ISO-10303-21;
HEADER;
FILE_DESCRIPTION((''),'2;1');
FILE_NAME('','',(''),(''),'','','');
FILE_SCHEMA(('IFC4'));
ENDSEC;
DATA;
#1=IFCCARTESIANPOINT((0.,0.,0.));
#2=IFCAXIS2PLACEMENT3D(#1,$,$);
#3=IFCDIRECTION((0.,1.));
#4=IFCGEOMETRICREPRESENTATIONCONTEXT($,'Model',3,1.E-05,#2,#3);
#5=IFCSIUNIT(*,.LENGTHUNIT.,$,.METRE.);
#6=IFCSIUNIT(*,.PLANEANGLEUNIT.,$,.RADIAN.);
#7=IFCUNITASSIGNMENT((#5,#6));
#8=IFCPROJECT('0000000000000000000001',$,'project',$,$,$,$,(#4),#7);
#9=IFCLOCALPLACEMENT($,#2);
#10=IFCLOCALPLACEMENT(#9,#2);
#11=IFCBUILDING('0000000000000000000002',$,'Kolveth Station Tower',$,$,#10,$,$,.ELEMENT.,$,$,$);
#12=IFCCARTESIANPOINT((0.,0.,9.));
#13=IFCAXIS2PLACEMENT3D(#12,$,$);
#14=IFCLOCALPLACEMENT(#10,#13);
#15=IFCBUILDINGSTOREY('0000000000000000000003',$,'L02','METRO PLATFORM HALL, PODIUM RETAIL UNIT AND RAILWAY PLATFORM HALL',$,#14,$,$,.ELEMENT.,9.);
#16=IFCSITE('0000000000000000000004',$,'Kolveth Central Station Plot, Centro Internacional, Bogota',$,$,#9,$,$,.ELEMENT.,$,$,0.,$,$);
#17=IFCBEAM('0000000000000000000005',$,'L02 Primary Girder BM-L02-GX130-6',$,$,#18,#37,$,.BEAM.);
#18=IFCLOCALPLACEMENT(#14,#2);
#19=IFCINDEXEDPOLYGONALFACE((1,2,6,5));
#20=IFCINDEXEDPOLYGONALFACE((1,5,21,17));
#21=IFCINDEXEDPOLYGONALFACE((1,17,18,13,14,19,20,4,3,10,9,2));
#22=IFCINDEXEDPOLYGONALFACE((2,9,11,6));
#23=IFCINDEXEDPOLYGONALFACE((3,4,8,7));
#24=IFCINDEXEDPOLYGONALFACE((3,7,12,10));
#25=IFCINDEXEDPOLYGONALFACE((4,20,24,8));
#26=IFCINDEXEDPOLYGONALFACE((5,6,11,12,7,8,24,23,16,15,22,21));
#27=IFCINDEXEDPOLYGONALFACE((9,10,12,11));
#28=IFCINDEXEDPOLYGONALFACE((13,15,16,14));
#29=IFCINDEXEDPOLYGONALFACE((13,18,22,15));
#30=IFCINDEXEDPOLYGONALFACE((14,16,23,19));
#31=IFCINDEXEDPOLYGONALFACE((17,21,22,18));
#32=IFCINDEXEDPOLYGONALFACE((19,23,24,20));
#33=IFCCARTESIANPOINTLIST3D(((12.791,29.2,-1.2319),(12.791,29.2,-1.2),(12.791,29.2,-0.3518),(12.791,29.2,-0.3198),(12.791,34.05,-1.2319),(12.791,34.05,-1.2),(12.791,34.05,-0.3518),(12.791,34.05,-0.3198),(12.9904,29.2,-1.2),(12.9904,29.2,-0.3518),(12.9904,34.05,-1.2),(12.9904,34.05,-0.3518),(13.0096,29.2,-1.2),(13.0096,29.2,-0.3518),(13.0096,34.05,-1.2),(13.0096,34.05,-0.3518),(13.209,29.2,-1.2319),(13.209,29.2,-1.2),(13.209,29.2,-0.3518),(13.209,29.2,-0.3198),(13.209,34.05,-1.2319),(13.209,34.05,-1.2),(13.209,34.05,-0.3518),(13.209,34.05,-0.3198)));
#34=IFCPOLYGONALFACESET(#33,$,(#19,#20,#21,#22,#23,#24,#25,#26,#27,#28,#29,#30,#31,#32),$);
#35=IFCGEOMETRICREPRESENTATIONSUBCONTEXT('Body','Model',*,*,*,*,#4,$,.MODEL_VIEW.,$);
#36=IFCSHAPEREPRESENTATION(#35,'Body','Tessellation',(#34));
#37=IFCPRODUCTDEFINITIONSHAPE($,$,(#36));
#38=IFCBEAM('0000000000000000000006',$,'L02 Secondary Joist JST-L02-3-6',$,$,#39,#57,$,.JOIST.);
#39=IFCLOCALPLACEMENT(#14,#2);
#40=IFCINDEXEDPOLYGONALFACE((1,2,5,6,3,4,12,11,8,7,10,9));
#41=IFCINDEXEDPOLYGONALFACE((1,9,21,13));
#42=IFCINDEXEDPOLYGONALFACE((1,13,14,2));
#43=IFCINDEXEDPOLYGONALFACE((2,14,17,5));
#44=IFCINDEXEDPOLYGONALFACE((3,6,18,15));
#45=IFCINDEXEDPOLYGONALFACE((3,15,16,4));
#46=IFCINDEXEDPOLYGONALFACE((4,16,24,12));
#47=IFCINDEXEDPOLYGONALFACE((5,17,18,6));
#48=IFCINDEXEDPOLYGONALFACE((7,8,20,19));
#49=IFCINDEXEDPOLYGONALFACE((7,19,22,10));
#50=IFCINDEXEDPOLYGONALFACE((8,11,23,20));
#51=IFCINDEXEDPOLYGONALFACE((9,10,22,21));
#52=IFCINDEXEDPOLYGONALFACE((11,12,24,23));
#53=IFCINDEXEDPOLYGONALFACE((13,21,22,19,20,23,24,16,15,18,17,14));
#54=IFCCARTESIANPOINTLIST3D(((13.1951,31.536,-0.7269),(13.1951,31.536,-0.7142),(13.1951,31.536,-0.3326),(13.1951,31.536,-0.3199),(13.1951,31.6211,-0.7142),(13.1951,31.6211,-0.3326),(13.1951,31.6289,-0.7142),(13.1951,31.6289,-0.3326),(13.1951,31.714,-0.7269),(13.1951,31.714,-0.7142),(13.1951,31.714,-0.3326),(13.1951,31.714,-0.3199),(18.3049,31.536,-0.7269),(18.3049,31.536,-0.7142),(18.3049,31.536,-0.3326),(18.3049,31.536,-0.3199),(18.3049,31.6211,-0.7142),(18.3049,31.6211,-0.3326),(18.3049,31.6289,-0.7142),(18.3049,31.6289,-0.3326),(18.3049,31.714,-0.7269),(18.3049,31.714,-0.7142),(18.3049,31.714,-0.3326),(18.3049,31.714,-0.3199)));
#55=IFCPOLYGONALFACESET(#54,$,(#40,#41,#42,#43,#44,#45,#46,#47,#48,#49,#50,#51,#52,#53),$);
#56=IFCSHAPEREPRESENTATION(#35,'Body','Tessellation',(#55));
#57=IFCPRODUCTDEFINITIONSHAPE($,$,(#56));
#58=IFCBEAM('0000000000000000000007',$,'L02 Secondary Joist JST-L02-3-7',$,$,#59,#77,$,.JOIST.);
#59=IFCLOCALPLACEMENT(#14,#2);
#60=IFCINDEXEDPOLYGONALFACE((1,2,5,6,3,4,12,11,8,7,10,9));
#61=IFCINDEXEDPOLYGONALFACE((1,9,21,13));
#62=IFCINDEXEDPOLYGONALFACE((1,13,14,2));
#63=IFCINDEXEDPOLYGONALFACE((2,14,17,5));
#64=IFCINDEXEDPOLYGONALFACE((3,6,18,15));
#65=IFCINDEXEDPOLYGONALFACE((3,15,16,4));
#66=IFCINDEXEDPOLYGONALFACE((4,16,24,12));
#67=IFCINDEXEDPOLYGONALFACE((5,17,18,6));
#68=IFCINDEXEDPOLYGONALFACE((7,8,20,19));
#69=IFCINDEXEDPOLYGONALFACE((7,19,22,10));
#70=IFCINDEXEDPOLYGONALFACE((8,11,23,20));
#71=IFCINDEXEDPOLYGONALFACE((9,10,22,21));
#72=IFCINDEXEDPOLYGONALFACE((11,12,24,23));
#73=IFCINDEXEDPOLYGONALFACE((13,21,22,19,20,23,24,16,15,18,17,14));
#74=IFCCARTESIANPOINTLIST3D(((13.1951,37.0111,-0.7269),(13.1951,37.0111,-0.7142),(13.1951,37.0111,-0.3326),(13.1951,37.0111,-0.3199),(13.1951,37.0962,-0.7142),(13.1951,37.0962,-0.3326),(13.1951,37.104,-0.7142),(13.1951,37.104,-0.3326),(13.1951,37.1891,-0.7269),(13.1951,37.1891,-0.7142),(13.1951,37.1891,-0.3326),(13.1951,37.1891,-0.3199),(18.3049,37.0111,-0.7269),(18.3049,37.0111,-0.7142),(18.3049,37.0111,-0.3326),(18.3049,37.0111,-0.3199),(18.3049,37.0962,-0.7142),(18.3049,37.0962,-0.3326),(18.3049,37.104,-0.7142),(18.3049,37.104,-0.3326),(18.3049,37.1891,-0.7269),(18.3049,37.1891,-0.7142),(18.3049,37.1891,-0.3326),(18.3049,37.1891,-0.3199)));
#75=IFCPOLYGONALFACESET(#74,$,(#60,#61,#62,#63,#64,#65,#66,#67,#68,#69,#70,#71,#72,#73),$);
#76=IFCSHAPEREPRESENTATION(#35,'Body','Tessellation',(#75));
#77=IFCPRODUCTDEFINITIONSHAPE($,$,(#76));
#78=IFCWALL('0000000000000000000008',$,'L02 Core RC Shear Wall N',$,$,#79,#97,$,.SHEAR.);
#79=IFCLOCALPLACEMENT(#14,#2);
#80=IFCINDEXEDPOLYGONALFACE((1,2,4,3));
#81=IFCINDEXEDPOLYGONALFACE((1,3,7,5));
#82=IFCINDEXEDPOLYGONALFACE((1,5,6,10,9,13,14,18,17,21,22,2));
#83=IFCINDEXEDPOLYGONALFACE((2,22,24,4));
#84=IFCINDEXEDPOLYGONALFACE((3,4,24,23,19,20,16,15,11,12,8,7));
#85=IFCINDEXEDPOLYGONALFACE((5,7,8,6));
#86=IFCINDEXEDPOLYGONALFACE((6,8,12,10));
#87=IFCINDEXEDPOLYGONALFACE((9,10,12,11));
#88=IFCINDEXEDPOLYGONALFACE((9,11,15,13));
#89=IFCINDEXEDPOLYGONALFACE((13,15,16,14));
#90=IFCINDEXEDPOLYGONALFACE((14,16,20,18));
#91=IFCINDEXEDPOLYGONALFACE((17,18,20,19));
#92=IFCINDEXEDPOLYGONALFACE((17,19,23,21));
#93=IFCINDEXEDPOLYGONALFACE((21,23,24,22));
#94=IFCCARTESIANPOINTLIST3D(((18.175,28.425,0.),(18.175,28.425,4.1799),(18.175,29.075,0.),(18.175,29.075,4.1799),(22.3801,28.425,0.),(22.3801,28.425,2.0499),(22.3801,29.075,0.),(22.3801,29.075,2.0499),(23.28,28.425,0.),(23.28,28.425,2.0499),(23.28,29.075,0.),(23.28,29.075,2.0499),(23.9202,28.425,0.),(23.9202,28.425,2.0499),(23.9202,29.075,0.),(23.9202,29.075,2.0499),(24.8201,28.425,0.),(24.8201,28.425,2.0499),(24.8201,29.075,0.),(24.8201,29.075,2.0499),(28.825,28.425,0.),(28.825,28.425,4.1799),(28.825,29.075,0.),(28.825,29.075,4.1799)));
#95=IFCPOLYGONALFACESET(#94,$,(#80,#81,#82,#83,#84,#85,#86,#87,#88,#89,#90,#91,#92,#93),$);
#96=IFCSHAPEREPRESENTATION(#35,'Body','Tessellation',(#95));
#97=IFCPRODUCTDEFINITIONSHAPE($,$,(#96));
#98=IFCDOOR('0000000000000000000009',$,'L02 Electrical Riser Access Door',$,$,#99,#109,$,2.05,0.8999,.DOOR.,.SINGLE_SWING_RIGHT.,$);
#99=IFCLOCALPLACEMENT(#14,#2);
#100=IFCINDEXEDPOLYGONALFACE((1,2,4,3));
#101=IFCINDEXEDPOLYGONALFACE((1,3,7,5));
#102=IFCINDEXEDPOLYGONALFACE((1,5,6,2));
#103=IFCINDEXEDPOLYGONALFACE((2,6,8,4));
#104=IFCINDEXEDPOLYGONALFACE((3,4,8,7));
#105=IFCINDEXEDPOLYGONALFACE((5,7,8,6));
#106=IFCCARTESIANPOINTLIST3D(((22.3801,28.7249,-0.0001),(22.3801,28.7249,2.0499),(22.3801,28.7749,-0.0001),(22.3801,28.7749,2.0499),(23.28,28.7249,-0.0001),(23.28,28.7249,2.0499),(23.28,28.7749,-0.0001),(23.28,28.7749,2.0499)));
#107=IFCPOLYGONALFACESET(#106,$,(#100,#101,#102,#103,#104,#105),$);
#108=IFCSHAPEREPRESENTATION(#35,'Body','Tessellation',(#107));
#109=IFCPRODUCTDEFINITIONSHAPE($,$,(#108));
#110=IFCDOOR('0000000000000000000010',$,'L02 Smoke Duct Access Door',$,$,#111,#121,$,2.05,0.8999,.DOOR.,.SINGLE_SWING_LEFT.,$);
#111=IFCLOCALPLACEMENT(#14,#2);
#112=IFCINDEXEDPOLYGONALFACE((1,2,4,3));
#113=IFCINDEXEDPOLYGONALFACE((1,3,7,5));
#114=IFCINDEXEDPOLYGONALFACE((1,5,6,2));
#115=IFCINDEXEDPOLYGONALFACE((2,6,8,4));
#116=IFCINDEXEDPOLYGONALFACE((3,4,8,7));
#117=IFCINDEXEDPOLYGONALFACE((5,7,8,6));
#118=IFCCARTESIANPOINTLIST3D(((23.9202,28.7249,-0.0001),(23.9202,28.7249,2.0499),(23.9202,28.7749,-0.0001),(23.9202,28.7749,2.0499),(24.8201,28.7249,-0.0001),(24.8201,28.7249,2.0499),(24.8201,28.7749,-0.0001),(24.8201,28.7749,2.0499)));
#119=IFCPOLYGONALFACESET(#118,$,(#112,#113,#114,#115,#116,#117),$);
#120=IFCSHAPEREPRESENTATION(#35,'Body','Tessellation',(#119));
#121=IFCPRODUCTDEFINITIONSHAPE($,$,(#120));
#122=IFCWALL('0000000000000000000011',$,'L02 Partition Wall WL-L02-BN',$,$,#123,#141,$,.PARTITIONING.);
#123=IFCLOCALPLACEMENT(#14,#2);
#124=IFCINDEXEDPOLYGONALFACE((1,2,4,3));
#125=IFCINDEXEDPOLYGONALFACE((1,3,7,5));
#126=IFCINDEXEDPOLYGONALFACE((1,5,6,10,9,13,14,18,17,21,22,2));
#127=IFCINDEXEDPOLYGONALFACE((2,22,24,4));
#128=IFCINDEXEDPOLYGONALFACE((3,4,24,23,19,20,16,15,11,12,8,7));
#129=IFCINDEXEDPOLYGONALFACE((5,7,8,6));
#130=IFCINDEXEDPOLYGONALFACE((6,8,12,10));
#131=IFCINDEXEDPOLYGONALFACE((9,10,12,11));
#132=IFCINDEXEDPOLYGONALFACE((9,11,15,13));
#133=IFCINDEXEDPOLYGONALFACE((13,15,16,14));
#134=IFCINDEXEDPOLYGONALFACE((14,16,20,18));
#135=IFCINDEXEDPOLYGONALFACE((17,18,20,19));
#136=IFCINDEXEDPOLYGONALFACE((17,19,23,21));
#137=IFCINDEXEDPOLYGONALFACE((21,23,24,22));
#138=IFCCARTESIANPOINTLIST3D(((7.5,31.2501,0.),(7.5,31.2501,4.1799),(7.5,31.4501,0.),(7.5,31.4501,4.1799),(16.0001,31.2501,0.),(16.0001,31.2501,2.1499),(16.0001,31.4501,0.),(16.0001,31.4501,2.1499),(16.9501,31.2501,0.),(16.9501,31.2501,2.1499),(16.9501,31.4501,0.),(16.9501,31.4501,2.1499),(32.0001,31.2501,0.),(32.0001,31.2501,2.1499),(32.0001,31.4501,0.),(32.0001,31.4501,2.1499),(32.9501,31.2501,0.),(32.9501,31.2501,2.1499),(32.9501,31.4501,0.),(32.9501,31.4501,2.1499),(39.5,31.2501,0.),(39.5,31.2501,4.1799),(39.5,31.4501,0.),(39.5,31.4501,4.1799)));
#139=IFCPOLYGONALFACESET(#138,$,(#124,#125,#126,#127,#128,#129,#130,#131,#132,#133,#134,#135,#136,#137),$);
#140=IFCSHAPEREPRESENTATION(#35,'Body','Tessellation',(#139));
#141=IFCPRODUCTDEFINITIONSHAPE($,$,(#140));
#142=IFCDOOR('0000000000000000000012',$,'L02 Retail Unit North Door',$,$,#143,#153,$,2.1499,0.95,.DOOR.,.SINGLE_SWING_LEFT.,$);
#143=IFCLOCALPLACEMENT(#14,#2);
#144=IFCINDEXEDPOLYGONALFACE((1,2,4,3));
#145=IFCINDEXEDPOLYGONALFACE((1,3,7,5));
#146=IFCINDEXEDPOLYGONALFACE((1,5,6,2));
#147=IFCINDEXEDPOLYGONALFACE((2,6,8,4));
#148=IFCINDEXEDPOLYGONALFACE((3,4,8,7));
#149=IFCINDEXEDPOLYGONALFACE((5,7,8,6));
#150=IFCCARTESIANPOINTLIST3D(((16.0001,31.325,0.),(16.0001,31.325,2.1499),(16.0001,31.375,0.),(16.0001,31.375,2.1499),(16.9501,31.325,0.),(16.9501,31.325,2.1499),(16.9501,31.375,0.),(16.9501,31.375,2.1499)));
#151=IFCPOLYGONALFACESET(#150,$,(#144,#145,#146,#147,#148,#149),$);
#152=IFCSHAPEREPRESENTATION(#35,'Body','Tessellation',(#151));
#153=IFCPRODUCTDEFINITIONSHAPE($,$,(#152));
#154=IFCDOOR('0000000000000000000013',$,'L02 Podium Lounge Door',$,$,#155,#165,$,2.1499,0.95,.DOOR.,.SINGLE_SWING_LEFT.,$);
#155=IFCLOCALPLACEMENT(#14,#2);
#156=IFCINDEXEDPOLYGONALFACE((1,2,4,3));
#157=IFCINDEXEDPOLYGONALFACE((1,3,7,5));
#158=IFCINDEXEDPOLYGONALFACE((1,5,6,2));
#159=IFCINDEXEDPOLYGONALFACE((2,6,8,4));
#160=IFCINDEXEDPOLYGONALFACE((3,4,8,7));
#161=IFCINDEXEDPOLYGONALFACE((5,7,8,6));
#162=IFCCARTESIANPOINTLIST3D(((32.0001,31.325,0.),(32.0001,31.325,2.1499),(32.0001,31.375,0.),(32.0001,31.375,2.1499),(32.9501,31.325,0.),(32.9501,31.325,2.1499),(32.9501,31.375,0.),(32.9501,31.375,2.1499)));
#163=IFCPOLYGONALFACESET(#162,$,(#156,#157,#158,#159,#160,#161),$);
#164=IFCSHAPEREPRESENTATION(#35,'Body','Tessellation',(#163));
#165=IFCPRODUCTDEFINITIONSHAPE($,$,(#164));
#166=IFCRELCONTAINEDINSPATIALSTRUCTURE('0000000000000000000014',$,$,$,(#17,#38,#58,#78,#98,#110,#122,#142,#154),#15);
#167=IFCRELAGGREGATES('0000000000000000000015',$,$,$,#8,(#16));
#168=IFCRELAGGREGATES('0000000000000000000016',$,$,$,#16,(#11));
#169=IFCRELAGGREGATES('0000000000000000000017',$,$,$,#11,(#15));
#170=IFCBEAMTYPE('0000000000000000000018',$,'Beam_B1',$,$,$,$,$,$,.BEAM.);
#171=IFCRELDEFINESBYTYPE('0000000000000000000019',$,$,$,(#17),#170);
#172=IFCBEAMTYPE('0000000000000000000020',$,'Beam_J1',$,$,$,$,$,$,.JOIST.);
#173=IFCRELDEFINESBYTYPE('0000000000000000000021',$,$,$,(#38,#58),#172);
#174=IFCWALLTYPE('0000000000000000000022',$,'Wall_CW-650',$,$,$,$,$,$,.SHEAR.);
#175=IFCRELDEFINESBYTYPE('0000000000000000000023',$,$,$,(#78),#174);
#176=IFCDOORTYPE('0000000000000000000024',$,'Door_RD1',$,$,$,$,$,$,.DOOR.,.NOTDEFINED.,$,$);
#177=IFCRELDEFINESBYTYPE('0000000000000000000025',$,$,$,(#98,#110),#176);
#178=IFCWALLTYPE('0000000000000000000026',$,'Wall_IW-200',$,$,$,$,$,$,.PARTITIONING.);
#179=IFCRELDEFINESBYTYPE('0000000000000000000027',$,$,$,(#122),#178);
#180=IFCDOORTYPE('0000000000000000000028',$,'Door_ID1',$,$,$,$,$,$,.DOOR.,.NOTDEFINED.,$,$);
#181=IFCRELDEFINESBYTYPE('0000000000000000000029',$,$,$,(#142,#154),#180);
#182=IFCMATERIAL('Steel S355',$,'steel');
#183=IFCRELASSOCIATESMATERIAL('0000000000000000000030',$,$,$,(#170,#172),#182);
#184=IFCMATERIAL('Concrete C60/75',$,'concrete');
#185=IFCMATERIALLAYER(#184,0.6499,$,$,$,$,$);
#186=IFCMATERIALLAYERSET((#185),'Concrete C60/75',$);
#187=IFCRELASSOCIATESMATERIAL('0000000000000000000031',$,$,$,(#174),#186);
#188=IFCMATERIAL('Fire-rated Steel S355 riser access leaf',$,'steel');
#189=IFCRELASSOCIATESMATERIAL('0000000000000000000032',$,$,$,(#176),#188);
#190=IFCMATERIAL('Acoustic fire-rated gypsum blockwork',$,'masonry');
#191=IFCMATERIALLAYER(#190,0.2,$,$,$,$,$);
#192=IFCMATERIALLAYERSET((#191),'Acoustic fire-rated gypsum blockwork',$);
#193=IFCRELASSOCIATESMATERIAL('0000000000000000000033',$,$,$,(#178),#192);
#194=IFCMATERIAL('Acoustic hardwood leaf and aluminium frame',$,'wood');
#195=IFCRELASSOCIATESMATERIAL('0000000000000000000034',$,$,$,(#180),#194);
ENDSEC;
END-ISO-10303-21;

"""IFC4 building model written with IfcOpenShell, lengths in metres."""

from ifc_helpers import new_model, si_unit, direction, frame, frame_2d, origin, origin_2d, place, context, subcontext, project, spatial, rectangle, i_section, extrude, source, transform, mapped, material, layer, layer_set, material_profile, profile_set, type_object, element, fill, save


model = new_model("IFC4")

# Units and contexts
model_context = context("Model", 3, precision=1e-05, world=origin(), true_north=direction((0.0, 1.0)))
body_context = subcontext(model_context, "Body", "Model", "MODEL_VIEW")
ifc_project = project(units=[si_unit("LENGTHUNIT", "METRE"), si_unit("PLANEANGLEUNIT", "RADIAN")], contexts=[model_context])

# Site, building, storey
site_placement = place(None, origin())
site = spatial("IfcSite", under=ifc_project, at=site_placement, Name="Kolveth Central Station Plot, Centro Internacional, Bogota", CompositionType="ELEMENT", RefElevation=0.0)
building_placement = place(site_placement, origin())
building = spatial("IfcBuilding", under=site, at=building_placement, Name="Kolveth Station Tower", CompositionType="ELEMENT")
storey_placement = place(building_placement, frame((0.0, 0.0, 9.0)))
storey = spatial("IfcBuildingStorey", under=building, at=storey_placement, Name="L02", Description="METRO PLATFORM HALL, PODIUM RETAIL UNIT AND RAILWAY PLATFORM HALL", CompositionType="ELEMENT", Elevation=9.0)

# Beams
ifc_material_1 = material(Name="Steel S355", Category="steel")
ifc_material_profile_1 = material_profile(ifc_material_1, i_section(OverallWidth=0.418, OverallDepth=0.9121, WebThickness=0.0193, FlangeThickness=0.032, at=origin_2d()), Name="W920x342")
ifc_profile_set_1 = profile_set([ifc_material_profile_1], Name="Steel S355")
beam_type_1 = type_object("IfcBeamType", Name="Beam_B1", PredefinedType="BEAM", material=ifc_profile_set_1)
shared_shape_1 = source(origin(), body_context, "Body", "SweptSolid", [
    extrude(i_section(OverallWidth=0.418, OverallDepth=0.9121, WebThickness=0.0193, FlangeThickness=0.032, at=origin_2d()), origin(), (0.0, 0.0, 1.0), 4.8501),
])
beam_1_placement = place(storey_placement, frame((13.0, 29.2, -0.7759), z_axis=(0.0, 1.0, 0.0), x_axis=(-1.0, 0.0, 0.0)))
element("IfcBeam", 1, at=beam_1_placement, inside=storey, type_object=beam_type_1, Name="L02 Primary Girder BM-L02-GX130-6", PredefinedType="BEAM", context=body_context, shape_type="MappedRepresentation", body=[
    mapped(shared_shape_1, transform((0.0, 0.0, 0.0), x_axis=(1.0, 0.0, 0.0), y_axis=(0.0, 1.0, 0.0), z_axis=(0.0, 0.0, 1.0), scale=1.0)),
])
ifc_material_profile_2 = material_profile(ifc_material_1, i_section(OverallWidth=0.178, OverallDepth=0.407, WebThickness=0.0078, FlangeThickness=0.0127, at=origin_2d()), Name="W410x60")
ifc_profile_set_2 = profile_set([ifc_material_profile_2], Name="Steel S355")
beam_type_2 = type_object("IfcBeamType", Name="Beam_J1", PredefinedType="JOIST", material=ifc_profile_set_2)
shared_shape_2 = source(origin(), body_context, "Body", "SweptSolid", [
    extrude(i_section(OverallWidth=0.178, OverallDepth=0.407, WebThickness=0.0078, FlangeThickness=0.0127, at=origin_2d()), origin(), (0.0, 0.0, 1.0), 5.1099),
])
for number, where, z_axis, x_axis, name in (
    (2, (13.1951, 31.625, -0.5234), (1.0, 0.0, 0.0), (0.0, 1.0, 0.0), "L02 Secondary Joist JST-L02-3-6"),
    (3, (13.1951, 37.1001, -0.5234), (1.0, 0.0, 0.0), (0.0, 1.0, 0.0), "L02 Secondary Joist JST-L02-3-7"),
):
    element("IfcBeam", number, at=place(storey_placement, frame(where, z_axis=z_axis, x_axis=x_axis)), inside=storey, type_object=beam_type_2, Name=name, PredefinedType="JOIST", context=body_context, shape_type="MappedRepresentation", body=[
        mapped(shared_shape_2, transform((0.0, 0.0, 0.0), x_axis=(1.0, 0.0, 0.0), y_axis=(0.0, 1.0, 0.0), z_axis=(0.0, 0.0, 1.0), scale=1.0)),
    ])

# Walls, openings, doors
ifc_material_2 = material(Name="Concrete C60/75", Category="concrete")
ifc_layer_1 = layer(ifc_material_2, 0.6499)
ifc_layer_set_1 = layer_set([ifc_layer_1], Name="Concrete C60/75")
wall_type_1 = type_object("IfcWallType", Name="Wall_CW-650", PredefinedType="SHEAR", material=ifc_layer_set_1)
wall_1_placement = place(storey_placement, frame((18.175, 28.75, 0.0), z_axis=(0.0, 0.0, 1.0), x_axis=(1.0, 0.0, 0.0)))
wall_1 = element("IfcWall", 4, at=wall_1_placement, inside=storey, type_object=wall_type_1, Name="L02 Core RC Shear Wall N", PredefinedType="SHEAR", context=body_context, shape_type="SweptSolid", body=[
    extrude(rectangle(XDim=10.6499, YDim=0.6499, at=frame_2d((5.325, 0.0))), origin(), (0.0, 0.0, 1.0), 4.1799),
])
opening_1_placement = place(wall_1_placement, frame((4.2051, 0.0, 0.0)))
opening_1 = element("IfcOpeningElement", 5, at=opening_1_placement, cuts=wall_1, PredefinedType="OPENING", context=body_context, shape_type="SweptSolid", body=[
    extrude(rectangle(XDim=0.8999, YDim=2.05, at=frame_2d((0.45, 1.0249))), frame((0.0, 0.335, 0.0), z_axis=(0.0, -1.0, 0.0), x_axis=(1.0, 0.0, 0.0)), (0.0, 0.0, 1.0), 0.6699),
])
opening_2_placement = place(wall_1_placement, frame((5.7451, 0.0, 0.0)))
opening_2 = element("IfcOpeningElement", 6, at=opening_2_placement, cuts=wall_1, PredefinedType="OPENING", context=body_context, shape_type="SweptSolid", body=[
    extrude(rectangle(XDim=0.8999, YDim=2.05, at=frame_2d((0.45, 1.0249))), frame((0.0, 0.335, 0.0), z_axis=(0.0, -1.0, 0.0), x_axis=(1.0, 0.0, 0.0)), (0.0, 0.0, 1.0), 0.6699),
])
ifc_material_3 = material(Name="Fire-rated Steel S355 riser access leaf", Category="steel")
door_type_1 = type_object("IfcDoorType", Name="Door_RD1", OperationType="NOTDEFINED", PredefinedType="DOOR", material=ifc_material_3)
door_1_placement = place(opening_1_placement, origin())
door_1 = element("IfcDoor", 7, at=door_1_placement, inside=storey, type_object=door_type_1, Name="L02 Electrical Riser Access Door", OperationType="SINGLE_SWING_RIGHT", OverallHeight=2.05, OverallWidth=0.8999, PredefinedType="DOOR", context=body_context, shape_type="SweptSolid", body=[
    extrude(rectangle(XDim=0.8999, YDim=2.05, at=frame_2d((0.45, 1.0249))), frame((0.0, 0.0249, 0.0), z_axis=(0.0, -1.0, 0.0), x_axis=(1.0, 0.0, 0.0)), (0.0, 0.0, 1.0), 0.05),
])
fill(opening_1, door_1)
door_2_placement = place(opening_2_placement, origin())
door_2 = element("IfcDoor", 8, at=door_2_placement, inside=storey, type_object=door_type_1, Name="L02 Smoke Duct Access Door", OperationType="SINGLE_SWING_LEFT", OverallHeight=2.05, OverallWidth=0.8999, PredefinedType="DOOR", context=body_context, shape_type="SweptSolid", body=[
    extrude(rectangle(XDim=0.8999, YDim=2.05, at=frame_2d((0.45, 1.0249))), frame((0.0, 0.0249, 0.0), z_axis=(0.0, -1.0, 0.0), x_axis=(1.0, 0.0, 0.0)), (0.0, 0.0, 1.0), 0.05),
])
fill(opening_2, door_2)
ifc_material_4 = material(Name="Acoustic fire-rated gypsum blockwork", Category="masonry")
ifc_layer_2 = layer(ifc_material_4, 0.2)
ifc_layer_set_2 = layer_set([ifc_layer_2], Name="Acoustic fire-rated gypsum blockwork")
wall_type_2 = type_object("IfcWallType", Name="Wall_IW-200", PredefinedType="PARTITIONING", material=ifc_layer_set_2)
wall_2_placement = place(storey_placement, frame((7.5, 31.3501, 0.0), z_axis=(0.0, 0.0, 1.0), x_axis=(1.0, 0.0, 0.0)))
wall_2 = element("IfcWall", 9, at=wall_2_placement, inside=storey, type_object=wall_type_2, Name="L02 Partition Wall WL-L02-BN", PredefinedType="PARTITIONING", context=body_context, shape_type="SweptSolid", body=[
    extrude(rectangle(XDim=32.0, YDim=0.2, at=frame_2d((16.0, 0.0))), origin(), (0.0, 0.0, 1.0), 4.1799),
])
opening_3_placement = place(wall_2_placement, frame((8.5, 0.0, 0.0)))
opening_3 = element("IfcOpeningElement", 10, at=opening_3_placement, cuts=wall_2, PredefinedType="OPENING", context=body_context, shape_type="SweptSolid", body=[
    extrude(rectangle(XDim=0.95, YDim=2.1499, at=frame_2d((0.4751, 1.075))), frame((0.0, 0.1099, 0.0), z_axis=(0.0, -1.0, 0.0), x_axis=(1.0, 0.0, 0.0)), (0.0, 0.0, 1.0), 0.22),
])
opening_4_placement = place(wall_2_placement, frame((24.5, 0.0, 0.0)))
opening_4 = element("IfcOpeningElement", 11, at=opening_4_placement, cuts=wall_2, PredefinedType="OPENING", context=body_context, shape_type="SweptSolid", body=[
    extrude(rectangle(XDim=0.95, YDim=2.1499, at=frame_2d((0.4751, 1.075))), frame((0.0, 0.1099, 0.0), z_axis=(0.0, -1.0, 0.0), x_axis=(1.0, 0.0, 0.0)), (0.0, 0.0, 1.0), 0.22),
])
ifc_material_5 = material(Name="Acoustic hardwood leaf and aluminium frame", Category="wood")
door_type_2 = type_object("IfcDoorType", Name="Door_ID1", OperationType="NOTDEFINED", PredefinedType="DOOR", material=ifc_material_5)
door_3_placement = place(opening_3_placement, origin())
door_3 = element("IfcDoor", 12, at=door_3_placement, inside=storey, type_object=door_type_2, Name="L02 Retail Unit North Door", OperationType="SINGLE_SWING_LEFT", OverallHeight=2.1499, OverallWidth=0.95, PredefinedType="DOOR", context=body_context, shape_type="SweptSolid", body=[
    extrude(rectangle(XDim=0.95, YDim=2.1499, at=frame_2d((0.4751, 1.075))), frame((0.0, 0.0249, 0.0), z_axis=(0.0, -1.0, 0.0), x_axis=(1.0, 0.0, 0.0)), (0.0, 0.0, 1.0), 0.05),
])
fill(opening_3, door_3)
door_4_placement = place(opening_4_placement, origin())
door_4 = element("IfcDoor", 13, at=door_4_placement, inside=storey, type_object=door_type_2, Name="L02 Podium Lounge Door", OperationType="SINGLE_SWING_LEFT", OverallHeight=2.1499, OverallWidth=0.95, PredefinedType="DOOR", context=body_context, shape_type="SweptSolid", body=[
    extrude(rectangle(XDim=0.95, YDim=2.1499, at=frame_2d((0.4751, 1.075))), frame((0.0, 0.0249, 0.0), z_axis=(0.0, -1.0, 0.0), x_axis=(1.0, 0.0, 0.0)), (0.0, 0.0, 1.0), 0.05),
])
fill(opening_4, door_4)

save(model, "model.ifc")
